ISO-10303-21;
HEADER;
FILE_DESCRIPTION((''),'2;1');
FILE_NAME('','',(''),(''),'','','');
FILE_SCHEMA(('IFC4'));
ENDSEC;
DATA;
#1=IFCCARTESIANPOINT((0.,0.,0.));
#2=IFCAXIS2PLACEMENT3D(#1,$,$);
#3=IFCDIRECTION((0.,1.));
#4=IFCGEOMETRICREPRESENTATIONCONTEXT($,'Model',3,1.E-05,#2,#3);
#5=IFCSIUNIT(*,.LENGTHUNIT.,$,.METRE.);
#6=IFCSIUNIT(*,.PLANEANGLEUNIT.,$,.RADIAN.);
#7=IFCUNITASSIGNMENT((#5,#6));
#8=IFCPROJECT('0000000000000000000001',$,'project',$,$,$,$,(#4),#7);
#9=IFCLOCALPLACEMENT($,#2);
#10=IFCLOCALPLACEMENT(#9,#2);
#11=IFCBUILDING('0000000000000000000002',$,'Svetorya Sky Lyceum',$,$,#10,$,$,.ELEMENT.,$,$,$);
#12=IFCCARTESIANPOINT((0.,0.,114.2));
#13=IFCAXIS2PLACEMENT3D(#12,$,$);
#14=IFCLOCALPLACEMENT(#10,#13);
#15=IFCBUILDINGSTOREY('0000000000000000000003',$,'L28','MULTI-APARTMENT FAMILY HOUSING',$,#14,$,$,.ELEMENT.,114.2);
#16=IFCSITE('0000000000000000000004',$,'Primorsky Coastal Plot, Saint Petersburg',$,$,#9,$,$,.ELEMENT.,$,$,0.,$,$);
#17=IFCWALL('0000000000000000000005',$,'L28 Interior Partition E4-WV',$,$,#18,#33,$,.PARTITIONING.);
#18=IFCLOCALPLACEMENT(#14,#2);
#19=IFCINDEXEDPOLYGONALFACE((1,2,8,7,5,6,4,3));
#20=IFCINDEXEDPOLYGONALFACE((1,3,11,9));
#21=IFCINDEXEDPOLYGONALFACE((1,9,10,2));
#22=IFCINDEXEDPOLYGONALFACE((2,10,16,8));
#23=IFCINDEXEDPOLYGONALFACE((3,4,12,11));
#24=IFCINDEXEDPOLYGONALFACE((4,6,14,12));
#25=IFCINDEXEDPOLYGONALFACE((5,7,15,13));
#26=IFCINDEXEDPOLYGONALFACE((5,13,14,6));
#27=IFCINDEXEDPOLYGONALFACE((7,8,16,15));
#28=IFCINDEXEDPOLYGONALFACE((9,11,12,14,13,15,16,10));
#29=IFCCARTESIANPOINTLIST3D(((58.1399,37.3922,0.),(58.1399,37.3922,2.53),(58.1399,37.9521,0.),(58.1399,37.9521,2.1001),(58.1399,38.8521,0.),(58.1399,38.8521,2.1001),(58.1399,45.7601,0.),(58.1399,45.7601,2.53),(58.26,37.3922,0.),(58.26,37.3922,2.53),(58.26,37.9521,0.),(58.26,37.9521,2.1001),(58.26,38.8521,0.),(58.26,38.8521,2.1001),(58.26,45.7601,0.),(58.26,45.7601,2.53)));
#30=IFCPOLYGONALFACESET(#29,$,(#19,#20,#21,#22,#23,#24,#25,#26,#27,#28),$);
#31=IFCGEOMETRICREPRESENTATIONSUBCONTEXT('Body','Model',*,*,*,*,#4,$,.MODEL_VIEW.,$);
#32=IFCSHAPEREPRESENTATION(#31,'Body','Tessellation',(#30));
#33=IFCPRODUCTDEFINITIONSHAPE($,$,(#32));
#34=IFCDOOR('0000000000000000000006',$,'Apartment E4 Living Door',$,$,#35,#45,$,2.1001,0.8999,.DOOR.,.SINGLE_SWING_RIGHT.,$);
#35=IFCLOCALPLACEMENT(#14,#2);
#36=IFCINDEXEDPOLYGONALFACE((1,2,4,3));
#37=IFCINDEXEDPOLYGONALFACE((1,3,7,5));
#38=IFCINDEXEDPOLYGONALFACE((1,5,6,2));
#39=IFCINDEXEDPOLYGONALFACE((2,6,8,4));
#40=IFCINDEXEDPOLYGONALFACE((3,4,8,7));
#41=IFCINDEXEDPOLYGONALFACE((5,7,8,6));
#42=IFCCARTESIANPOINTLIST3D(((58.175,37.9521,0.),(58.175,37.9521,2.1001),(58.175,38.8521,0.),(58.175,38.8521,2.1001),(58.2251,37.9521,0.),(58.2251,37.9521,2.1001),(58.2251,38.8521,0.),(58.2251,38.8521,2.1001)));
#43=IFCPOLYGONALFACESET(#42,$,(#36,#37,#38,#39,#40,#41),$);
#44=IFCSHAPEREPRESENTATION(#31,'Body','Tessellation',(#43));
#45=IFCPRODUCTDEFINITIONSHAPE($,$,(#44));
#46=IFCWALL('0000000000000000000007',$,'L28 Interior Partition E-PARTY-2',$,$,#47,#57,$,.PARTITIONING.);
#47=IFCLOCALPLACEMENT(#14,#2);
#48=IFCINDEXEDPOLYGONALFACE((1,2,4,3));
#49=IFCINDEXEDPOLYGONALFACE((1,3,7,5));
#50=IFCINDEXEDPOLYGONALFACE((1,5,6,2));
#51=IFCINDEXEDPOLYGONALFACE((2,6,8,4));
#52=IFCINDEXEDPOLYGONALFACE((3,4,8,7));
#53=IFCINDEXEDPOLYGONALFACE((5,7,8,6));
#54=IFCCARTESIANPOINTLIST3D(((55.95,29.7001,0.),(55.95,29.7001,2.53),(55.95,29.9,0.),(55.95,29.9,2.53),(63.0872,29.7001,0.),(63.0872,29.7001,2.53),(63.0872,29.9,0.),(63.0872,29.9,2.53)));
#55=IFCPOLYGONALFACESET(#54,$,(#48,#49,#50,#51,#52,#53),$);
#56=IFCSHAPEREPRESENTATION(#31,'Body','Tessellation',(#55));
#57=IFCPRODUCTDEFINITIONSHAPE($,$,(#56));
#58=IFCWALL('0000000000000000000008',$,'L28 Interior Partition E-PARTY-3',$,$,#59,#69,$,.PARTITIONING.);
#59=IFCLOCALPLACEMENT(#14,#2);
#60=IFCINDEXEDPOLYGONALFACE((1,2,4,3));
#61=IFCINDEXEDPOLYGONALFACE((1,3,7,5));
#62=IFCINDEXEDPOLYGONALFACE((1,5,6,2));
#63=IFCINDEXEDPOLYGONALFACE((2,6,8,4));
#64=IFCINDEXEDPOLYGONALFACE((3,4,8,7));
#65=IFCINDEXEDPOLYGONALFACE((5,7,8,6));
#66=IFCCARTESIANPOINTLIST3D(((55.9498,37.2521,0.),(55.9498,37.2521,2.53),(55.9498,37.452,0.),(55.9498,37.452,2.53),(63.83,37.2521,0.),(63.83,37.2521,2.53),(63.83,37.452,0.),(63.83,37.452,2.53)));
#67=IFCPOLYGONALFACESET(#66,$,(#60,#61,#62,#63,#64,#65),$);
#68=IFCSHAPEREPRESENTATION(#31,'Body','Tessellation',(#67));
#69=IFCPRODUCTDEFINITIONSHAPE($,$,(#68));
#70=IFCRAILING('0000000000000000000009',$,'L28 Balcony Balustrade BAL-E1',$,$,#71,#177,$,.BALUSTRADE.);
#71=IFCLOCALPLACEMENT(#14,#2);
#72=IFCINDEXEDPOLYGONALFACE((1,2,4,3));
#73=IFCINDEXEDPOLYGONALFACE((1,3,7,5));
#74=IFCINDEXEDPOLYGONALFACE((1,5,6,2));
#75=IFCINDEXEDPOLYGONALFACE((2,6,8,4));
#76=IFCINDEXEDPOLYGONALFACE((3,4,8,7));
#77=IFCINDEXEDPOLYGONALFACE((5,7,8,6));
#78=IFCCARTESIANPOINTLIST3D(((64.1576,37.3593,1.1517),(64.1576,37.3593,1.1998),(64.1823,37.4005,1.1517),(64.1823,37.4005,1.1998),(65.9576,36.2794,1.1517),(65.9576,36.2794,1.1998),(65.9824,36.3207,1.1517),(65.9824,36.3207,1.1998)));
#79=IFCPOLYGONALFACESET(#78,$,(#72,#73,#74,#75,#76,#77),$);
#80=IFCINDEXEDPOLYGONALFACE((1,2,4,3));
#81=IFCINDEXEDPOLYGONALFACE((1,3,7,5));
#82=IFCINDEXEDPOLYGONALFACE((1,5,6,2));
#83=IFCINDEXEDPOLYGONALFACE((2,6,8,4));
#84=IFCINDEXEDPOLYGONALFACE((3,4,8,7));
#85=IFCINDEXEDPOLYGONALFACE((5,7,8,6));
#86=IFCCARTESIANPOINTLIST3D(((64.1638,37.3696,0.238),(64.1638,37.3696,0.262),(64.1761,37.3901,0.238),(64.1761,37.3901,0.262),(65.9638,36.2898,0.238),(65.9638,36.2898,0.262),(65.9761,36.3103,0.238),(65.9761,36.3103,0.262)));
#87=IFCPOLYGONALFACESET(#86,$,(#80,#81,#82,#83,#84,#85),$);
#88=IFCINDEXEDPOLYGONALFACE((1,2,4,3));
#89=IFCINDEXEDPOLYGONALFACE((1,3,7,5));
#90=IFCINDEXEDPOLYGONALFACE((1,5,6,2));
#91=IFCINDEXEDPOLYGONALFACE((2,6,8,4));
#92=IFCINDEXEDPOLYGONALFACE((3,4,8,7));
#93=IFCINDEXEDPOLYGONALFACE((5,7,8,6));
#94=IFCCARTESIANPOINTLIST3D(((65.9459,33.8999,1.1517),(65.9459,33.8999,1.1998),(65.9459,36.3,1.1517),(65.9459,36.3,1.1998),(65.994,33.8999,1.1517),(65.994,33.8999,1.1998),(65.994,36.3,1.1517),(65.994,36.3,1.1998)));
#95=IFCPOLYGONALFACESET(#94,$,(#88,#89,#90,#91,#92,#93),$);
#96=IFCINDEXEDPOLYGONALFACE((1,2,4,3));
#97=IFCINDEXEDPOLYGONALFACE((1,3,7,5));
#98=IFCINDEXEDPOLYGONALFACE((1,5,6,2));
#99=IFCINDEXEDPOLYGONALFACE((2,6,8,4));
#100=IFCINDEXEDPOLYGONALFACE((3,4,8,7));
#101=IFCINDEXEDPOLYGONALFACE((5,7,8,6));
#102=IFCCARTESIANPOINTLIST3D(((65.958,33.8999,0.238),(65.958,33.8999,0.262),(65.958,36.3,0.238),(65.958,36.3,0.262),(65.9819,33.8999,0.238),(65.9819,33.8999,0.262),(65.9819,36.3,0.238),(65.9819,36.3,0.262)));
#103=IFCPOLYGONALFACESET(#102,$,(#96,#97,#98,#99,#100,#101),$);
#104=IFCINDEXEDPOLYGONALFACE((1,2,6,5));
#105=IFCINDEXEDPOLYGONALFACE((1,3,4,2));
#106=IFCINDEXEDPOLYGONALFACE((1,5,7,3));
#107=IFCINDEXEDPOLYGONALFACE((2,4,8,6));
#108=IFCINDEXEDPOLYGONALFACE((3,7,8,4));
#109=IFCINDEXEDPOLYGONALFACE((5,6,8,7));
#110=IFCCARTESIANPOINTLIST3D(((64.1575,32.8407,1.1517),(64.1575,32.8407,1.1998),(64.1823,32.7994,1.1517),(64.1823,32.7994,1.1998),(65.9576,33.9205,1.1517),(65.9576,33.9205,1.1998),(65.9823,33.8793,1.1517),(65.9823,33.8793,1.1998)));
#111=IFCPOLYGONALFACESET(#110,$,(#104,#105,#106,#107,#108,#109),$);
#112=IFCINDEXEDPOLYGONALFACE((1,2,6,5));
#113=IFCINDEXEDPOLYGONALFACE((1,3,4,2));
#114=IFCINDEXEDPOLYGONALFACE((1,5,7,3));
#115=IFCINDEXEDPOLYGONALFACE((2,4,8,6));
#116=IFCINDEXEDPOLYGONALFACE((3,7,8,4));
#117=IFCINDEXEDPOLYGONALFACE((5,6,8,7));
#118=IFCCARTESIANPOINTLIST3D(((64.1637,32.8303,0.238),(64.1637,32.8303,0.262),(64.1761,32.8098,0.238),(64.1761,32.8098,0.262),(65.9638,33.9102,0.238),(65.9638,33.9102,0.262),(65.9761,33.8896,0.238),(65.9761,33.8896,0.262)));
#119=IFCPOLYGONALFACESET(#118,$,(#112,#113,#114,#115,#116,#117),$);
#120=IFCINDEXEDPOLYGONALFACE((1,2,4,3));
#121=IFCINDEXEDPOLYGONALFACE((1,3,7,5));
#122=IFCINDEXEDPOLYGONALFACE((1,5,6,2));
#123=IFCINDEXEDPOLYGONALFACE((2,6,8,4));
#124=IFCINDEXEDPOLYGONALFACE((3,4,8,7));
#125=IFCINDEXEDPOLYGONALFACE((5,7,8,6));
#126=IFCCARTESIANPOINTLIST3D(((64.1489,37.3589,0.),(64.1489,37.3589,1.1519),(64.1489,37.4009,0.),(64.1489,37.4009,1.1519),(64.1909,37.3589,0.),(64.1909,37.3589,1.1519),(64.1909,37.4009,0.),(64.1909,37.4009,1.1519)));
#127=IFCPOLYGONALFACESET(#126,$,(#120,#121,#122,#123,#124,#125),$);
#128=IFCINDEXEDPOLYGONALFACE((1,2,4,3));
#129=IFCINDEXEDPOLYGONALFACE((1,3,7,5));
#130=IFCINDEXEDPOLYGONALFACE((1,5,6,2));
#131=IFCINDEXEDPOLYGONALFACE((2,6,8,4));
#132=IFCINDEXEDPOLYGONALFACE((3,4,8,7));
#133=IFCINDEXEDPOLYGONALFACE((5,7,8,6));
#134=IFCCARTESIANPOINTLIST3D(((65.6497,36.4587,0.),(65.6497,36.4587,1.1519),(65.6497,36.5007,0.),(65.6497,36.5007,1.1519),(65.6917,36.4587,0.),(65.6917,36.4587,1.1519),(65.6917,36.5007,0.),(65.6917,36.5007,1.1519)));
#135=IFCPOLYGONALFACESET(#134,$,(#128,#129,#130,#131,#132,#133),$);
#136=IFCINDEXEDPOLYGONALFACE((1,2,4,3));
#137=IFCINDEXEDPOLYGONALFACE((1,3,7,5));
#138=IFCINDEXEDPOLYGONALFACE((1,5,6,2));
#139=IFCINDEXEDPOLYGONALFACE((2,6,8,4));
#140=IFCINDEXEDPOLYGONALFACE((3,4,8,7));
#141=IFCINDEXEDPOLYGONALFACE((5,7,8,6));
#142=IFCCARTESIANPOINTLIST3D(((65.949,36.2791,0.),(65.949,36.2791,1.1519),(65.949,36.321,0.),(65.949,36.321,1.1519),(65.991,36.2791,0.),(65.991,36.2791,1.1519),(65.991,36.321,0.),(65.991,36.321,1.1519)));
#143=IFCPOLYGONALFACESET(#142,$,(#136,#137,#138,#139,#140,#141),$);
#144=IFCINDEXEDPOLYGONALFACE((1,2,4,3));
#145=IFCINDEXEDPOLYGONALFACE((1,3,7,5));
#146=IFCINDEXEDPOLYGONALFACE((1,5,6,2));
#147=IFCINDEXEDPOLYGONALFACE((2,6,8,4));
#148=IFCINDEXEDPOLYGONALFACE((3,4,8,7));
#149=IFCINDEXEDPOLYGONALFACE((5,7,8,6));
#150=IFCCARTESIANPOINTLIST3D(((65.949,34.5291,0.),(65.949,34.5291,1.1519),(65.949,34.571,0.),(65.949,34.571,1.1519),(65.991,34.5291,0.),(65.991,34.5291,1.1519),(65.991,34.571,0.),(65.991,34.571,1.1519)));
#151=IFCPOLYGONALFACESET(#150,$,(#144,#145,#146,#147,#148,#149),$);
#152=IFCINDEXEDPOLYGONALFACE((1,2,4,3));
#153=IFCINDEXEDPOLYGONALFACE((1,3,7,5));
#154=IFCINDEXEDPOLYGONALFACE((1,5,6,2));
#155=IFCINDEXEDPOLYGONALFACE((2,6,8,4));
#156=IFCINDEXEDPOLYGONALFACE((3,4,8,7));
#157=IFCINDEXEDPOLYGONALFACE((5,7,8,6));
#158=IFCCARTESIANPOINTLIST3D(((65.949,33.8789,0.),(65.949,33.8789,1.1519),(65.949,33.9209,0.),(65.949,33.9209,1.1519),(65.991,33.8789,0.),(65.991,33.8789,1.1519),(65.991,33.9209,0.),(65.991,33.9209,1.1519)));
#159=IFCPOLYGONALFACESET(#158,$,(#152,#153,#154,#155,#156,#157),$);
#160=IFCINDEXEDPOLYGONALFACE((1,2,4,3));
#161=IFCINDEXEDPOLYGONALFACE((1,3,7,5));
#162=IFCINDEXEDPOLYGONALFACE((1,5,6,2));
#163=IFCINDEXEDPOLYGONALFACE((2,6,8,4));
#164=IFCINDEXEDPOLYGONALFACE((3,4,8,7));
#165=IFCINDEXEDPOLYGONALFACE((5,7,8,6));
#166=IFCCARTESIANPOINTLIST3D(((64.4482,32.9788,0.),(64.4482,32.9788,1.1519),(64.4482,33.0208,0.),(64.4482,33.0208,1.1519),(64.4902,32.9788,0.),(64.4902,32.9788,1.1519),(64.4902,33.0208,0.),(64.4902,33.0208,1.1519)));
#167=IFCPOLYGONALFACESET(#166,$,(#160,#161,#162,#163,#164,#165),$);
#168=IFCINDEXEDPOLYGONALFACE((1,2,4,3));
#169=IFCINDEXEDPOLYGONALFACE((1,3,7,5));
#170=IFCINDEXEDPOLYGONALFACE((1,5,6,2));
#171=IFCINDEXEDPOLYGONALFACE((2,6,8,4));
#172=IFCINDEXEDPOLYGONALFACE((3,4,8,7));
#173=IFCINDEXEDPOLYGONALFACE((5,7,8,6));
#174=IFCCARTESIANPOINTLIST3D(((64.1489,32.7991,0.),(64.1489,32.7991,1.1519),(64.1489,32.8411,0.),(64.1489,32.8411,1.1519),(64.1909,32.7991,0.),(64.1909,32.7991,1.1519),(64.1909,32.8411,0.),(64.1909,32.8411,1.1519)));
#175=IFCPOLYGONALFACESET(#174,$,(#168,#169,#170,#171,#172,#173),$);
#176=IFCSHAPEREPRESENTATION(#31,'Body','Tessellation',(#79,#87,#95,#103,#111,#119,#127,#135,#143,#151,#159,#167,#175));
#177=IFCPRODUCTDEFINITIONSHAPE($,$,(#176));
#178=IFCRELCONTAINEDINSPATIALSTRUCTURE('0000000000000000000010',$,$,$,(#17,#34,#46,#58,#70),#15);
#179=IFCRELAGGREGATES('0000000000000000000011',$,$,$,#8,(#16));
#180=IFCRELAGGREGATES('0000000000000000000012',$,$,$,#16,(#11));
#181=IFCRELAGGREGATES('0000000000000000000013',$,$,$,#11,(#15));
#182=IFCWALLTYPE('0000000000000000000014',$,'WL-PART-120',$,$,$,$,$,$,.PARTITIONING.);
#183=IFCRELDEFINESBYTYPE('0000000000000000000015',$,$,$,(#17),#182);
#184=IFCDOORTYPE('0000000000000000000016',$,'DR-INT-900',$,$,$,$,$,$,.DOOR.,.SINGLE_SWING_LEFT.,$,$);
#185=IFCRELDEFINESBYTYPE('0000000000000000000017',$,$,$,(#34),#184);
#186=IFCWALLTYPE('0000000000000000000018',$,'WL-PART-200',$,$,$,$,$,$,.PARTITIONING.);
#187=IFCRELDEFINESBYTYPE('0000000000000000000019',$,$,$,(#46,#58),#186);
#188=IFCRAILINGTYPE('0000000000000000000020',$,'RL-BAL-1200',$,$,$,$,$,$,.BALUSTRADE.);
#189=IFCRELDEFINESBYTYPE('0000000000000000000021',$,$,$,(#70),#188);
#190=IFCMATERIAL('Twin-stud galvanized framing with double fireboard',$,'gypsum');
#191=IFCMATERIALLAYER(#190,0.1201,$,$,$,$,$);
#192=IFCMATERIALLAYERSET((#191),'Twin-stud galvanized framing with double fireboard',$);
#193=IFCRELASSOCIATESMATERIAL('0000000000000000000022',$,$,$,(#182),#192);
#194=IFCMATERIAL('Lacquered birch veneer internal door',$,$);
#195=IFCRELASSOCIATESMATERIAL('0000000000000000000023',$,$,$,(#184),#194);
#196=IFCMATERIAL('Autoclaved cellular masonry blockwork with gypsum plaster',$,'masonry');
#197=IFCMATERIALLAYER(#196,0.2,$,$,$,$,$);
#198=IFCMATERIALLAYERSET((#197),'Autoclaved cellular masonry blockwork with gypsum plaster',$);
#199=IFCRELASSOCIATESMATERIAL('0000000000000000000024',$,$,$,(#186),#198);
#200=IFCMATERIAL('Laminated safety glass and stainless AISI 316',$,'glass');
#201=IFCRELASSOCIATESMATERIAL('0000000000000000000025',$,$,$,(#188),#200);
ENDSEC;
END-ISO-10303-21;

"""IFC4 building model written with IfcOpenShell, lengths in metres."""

from ifc_helpers import new_model, si_unit, direction, frame, frame_2d, origin, origin_2d, place, context, subcontext, project, spatial, rectangle, extrude, material, layer, layer_set, type_object, element, fill, save


model = new_model("IFC4")

# Units and contexts
model_context = context("Model", 3, precision=1e-05, world=origin(), true_north=direction((0.0, 1.0)))
body_context = subcontext(model_context, "Body", "Model", "MODEL_VIEW")
ifc_project = project(units=[si_unit("LENGTHUNIT", "METRE"), si_unit("PLANEANGLEUNIT", "RADIAN")], contexts=[model_context])

# Site, building, storey
site_placement = place(None, origin())
site = spatial("IfcSite", under=ifc_project, at=site_placement, Name="Primorsky Coastal Plot, Saint Petersburg", CompositionType="ELEMENT", RefElevation=0.0)
building_placement = place(site_placement, origin())
building = spatial("IfcBuilding", under=site, at=building_placement, Name="Svetorya Sky Lyceum", CompositionType="ELEMENT")
storey_placement = place(building_placement, frame((0.0, 0.0, 114.2)))
storey = spatial("IfcBuildingStorey", under=building, at=storey_placement, Name="L28", Description="MULTI-APARTMENT FAMILY HOUSING", CompositionType="ELEMENT", Elevation=114.2)

# Wall, opening, door
ifc_material_1 = material(Name="Twin-stud galvanized framing with double fireboard", Category="gypsum")
ifc_layer_1 = layer(ifc_material_1, 0.1201)
ifc_layer_set_1 = layer_set([ifc_layer_1], Name="Twin-stud galvanized framing with double fireboard")
wall_type_1 = type_object("IfcWallType", Name="WL-PART-120", PredefinedType="PARTITIONING", material=ifc_layer_set_1)
ifc_material_2 = material(Name="Lacquered birch veneer internal door")
door_type_1 = type_object("IfcDoorType", Name="DR-INT-900", OperationType="SINGLE_SWING_LEFT", PredefinedType="DOOR", material=ifc_material_2)
wall_1_placement = place(storey_placement, frame((58.2, 37.3921, 0.0), z_axis=(0.0, 0.0, 1.0), x_axis=(0.0, 1.0, 0.0)))
wall_1 = element("IfcWall", 1, at=wall_1_placement, inside=storey, type_object=wall_type_1, Name="L28 Interior Partition E4-WV", PredefinedType="PARTITIONING", context=body_context, shape_type="SweptSolid", body=[
    extrude(rectangle(XDim=8.3679, YDim=0.1201, at=frame_2d((4.1841, 0.0))), origin(), (0.0, 0.0, 1.0), 2.53),
])
opening_1_placement = place(wall_1_placement, frame((0.5601, 0.0, 0.0)))
opening_1 = element("IfcOpeningElement", 2, at=opening_1_placement, cuts=wall_1, PredefinedType="OPENING", context=body_context, shape_type="SweptSolid", body=[
    extrude(rectangle(XDim=0.8999, YDim=2.1001, at=frame_2d((0.45, 1.05))), frame((0.0, 0.0701, 0.0), z_axis=(0.0, -1.0, 0.0), x_axis=(1.0, 0.0, 0.0)), (0.0, 0.0, 1.0), 0.1401),
])
door_1_placement = place(opening_1_placement, origin())
door_1 = element("IfcDoor", 3, at=door_1_placement, inside=storey, type_object=door_type_1, Name="Apartment E4 Living Door", OperationType="SINGLE_SWING_RIGHT", OverallHeight=2.1001, OverallWidth=0.8999, PredefinedType="DOOR", context=body_context, shape_type="SweptSolid", body=[
    extrude(rectangle(XDim=0.8999, YDim=2.1001, at=frame_2d((0.45, 1.05))), frame((0.0, 0.0249, 0.0), z_axis=(0.0, -1.0, 0.0), x_axis=(1.0, 0.0, 0.0)), (0.0, 0.0, 1.0), 0.05),
])
fill(opening_1, door_1)

# Walls
ifc_material_3 = material(Name="Autoclaved cellular masonry blockwork with gypsum plaster", Category="masonry")
ifc_layer_2 = layer(ifc_material_3, 0.2)
ifc_layer_set_2 = layer_set([ifc_layer_2], Name="Autoclaved cellular masonry blockwork with gypsum plaster")
wall_type_2 = type_object("IfcWallType", Name="WL-PART-200", PredefinedType="PARTITIONING", material=ifc_layer_set_2)
wall_2_placement = place(storey_placement, frame((55.95, 29.8, 0.0), z_axis=(0.0, 0.0, 1.0), x_axis=(1.0, 0.0, 0.0)))
element("IfcWall", 4, at=wall_2_placement, inside=storey, type_object=wall_type_2, Name="L28 Interior Partition E-PARTY-2", PredefinedType="PARTITIONING", context=body_context, shape_type="SweptSolid", body=[
    extrude(rectangle(XDim=7.1372, YDim=0.2, at=frame_2d((3.5686, 0.0))), origin(), (0.0, 0.0, 1.0), 2.53),
])
wall_3_placement = place(storey_placement, frame((55.95, 37.3521, 0.0), z_axis=(0.0, 0.0, 1.0), x_axis=(1.0, 0.0, 0.0)))
element("IfcWall", 5, at=wall_3_placement, inside=storey, type_object=wall_type_2, Name="L28 Interior Partition E-PARTY-3", PredefinedType="PARTITIONING", context=body_context, shape_type="SweptSolid", body=[
    extrude(rectangle(XDim=7.8801, YDim=0.2, at=frame_2d((3.9399, 0.0))), origin(), (0.0, 0.0, 1.0), 2.53),
])

# Railing
ifc_material_4 = material(Name="Laminated safety glass and stainless AISI 316", Category="glass")
railing_type = type_object("IfcRailingType", Name="RL-BAL-1200", PredefinedType="BALUSTRADE", material=ifc_material_4)
railing_placement = place(storey_placement, frame((64.1699, 37.3799, 0.0)))
element("IfcRailing", 6, at=railing_placement, inside=storey, type_object=railing_type, Name="L28 Balcony Balustrade BAL-E1", PredefinedType="BALUSTRADE", context=body_context, shape_type="SweptSolid", body=[
    extrude(rectangle(XDim=0.0481, YDim=0.0481, at=origin_2d()), frame((0.0, 0.0, 1.1758), z_axis=(0.857534, -0.514427, 0.0), x_axis=(0.514427, 0.857534, 0.0)), (0.0, 0.0, 1.0), 2.0991),
    extrude(rectangle(XDim=0.0239, YDim=0.0239, at=origin_2d()), frame((0.0, 0.0, 0.25), z_axis=(0.857534, -0.514427, 0.0), x_axis=(0.514427, 0.857534, 0.0)), (0.0, 0.0, 1.0), 2.0991),
    extrude(rectangle(XDim=0.0481, YDim=0.0481, at=origin_2d()), frame((1.8, -1.0798, 1.1758), z_axis=(0.0, -1.0, 0.0), x_axis=(1.0, 0.0, 0.0)), (0.0, 0.0, 1.0), 2.4001),
    extrude(rectangle(XDim=0.0239, YDim=0.0239, at=origin_2d()), frame((1.8, -1.0798, 0.25), z_axis=(0.0, -1.0, 0.0), x_axis=(1.0, 0.0, 0.0)), (0.0, 0.0, 1.0), 2.4001),
    extrude(rectangle(XDim=0.0481, YDim=0.0481, at=origin_2d()), frame((1.8, -3.48, 1.1758), z_axis=(-0.857534, -0.514427, 0.0), x_axis=(0.514427, -0.857534, 0.0)), (0.0, 0.0, 1.0), 2.0991),
    extrude(rectangle(XDim=0.0239, YDim=0.0239, at=origin_2d()), frame((1.8, -3.48, 0.25), z_axis=(-0.857534, -0.514427, 0.0), x_axis=(0.514427, -0.857534, 0.0)), (0.0, 0.0, 1.0), 2.0991),
    extrude(rectangle(XDim=0.042, YDim=0.042, at=origin_2d()), origin(), (0.0, 0.0, 1.0), 1.1519),
    extrude(rectangle(XDim=0.042, YDim=0.042, at=origin_2d()), frame((1.5007, -0.9001, 0.0)), (0.0, 0.0, 1.0), 1.1519),
    extrude(rectangle(XDim=0.042, YDim=0.042, at=origin_2d()), frame((1.8, -1.0798, 0.0)), (0.0, 0.0, 1.0), 1.1519),
    extrude(rectangle(XDim=0.042, YDim=0.042, at=origin_2d()), frame((1.8, -2.8298, 0.0)), (0.0, 0.0, 1.0), 1.1519),
    extrude(rectangle(XDim=0.042, YDim=0.042, at=origin_2d()), frame((1.8, -3.48, 0.0)), (0.0, 0.0, 1.0), 1.1519),
    extrude(rectangle(XDim=0.042, YDim=0.042, at=origin_2d()), frame((0.2993, -4.3801, 0.0)), (0.0, 0.0, 1.0), 1.1519),
    extrude(rectangle(XDim=0.042, YDim=0.042, at=origin_2d()), frame((0.0, -4.5598, 0.0)), (0.0, 0.0, 1.0), 1.1519),
])

save(model, "model.ifc")
